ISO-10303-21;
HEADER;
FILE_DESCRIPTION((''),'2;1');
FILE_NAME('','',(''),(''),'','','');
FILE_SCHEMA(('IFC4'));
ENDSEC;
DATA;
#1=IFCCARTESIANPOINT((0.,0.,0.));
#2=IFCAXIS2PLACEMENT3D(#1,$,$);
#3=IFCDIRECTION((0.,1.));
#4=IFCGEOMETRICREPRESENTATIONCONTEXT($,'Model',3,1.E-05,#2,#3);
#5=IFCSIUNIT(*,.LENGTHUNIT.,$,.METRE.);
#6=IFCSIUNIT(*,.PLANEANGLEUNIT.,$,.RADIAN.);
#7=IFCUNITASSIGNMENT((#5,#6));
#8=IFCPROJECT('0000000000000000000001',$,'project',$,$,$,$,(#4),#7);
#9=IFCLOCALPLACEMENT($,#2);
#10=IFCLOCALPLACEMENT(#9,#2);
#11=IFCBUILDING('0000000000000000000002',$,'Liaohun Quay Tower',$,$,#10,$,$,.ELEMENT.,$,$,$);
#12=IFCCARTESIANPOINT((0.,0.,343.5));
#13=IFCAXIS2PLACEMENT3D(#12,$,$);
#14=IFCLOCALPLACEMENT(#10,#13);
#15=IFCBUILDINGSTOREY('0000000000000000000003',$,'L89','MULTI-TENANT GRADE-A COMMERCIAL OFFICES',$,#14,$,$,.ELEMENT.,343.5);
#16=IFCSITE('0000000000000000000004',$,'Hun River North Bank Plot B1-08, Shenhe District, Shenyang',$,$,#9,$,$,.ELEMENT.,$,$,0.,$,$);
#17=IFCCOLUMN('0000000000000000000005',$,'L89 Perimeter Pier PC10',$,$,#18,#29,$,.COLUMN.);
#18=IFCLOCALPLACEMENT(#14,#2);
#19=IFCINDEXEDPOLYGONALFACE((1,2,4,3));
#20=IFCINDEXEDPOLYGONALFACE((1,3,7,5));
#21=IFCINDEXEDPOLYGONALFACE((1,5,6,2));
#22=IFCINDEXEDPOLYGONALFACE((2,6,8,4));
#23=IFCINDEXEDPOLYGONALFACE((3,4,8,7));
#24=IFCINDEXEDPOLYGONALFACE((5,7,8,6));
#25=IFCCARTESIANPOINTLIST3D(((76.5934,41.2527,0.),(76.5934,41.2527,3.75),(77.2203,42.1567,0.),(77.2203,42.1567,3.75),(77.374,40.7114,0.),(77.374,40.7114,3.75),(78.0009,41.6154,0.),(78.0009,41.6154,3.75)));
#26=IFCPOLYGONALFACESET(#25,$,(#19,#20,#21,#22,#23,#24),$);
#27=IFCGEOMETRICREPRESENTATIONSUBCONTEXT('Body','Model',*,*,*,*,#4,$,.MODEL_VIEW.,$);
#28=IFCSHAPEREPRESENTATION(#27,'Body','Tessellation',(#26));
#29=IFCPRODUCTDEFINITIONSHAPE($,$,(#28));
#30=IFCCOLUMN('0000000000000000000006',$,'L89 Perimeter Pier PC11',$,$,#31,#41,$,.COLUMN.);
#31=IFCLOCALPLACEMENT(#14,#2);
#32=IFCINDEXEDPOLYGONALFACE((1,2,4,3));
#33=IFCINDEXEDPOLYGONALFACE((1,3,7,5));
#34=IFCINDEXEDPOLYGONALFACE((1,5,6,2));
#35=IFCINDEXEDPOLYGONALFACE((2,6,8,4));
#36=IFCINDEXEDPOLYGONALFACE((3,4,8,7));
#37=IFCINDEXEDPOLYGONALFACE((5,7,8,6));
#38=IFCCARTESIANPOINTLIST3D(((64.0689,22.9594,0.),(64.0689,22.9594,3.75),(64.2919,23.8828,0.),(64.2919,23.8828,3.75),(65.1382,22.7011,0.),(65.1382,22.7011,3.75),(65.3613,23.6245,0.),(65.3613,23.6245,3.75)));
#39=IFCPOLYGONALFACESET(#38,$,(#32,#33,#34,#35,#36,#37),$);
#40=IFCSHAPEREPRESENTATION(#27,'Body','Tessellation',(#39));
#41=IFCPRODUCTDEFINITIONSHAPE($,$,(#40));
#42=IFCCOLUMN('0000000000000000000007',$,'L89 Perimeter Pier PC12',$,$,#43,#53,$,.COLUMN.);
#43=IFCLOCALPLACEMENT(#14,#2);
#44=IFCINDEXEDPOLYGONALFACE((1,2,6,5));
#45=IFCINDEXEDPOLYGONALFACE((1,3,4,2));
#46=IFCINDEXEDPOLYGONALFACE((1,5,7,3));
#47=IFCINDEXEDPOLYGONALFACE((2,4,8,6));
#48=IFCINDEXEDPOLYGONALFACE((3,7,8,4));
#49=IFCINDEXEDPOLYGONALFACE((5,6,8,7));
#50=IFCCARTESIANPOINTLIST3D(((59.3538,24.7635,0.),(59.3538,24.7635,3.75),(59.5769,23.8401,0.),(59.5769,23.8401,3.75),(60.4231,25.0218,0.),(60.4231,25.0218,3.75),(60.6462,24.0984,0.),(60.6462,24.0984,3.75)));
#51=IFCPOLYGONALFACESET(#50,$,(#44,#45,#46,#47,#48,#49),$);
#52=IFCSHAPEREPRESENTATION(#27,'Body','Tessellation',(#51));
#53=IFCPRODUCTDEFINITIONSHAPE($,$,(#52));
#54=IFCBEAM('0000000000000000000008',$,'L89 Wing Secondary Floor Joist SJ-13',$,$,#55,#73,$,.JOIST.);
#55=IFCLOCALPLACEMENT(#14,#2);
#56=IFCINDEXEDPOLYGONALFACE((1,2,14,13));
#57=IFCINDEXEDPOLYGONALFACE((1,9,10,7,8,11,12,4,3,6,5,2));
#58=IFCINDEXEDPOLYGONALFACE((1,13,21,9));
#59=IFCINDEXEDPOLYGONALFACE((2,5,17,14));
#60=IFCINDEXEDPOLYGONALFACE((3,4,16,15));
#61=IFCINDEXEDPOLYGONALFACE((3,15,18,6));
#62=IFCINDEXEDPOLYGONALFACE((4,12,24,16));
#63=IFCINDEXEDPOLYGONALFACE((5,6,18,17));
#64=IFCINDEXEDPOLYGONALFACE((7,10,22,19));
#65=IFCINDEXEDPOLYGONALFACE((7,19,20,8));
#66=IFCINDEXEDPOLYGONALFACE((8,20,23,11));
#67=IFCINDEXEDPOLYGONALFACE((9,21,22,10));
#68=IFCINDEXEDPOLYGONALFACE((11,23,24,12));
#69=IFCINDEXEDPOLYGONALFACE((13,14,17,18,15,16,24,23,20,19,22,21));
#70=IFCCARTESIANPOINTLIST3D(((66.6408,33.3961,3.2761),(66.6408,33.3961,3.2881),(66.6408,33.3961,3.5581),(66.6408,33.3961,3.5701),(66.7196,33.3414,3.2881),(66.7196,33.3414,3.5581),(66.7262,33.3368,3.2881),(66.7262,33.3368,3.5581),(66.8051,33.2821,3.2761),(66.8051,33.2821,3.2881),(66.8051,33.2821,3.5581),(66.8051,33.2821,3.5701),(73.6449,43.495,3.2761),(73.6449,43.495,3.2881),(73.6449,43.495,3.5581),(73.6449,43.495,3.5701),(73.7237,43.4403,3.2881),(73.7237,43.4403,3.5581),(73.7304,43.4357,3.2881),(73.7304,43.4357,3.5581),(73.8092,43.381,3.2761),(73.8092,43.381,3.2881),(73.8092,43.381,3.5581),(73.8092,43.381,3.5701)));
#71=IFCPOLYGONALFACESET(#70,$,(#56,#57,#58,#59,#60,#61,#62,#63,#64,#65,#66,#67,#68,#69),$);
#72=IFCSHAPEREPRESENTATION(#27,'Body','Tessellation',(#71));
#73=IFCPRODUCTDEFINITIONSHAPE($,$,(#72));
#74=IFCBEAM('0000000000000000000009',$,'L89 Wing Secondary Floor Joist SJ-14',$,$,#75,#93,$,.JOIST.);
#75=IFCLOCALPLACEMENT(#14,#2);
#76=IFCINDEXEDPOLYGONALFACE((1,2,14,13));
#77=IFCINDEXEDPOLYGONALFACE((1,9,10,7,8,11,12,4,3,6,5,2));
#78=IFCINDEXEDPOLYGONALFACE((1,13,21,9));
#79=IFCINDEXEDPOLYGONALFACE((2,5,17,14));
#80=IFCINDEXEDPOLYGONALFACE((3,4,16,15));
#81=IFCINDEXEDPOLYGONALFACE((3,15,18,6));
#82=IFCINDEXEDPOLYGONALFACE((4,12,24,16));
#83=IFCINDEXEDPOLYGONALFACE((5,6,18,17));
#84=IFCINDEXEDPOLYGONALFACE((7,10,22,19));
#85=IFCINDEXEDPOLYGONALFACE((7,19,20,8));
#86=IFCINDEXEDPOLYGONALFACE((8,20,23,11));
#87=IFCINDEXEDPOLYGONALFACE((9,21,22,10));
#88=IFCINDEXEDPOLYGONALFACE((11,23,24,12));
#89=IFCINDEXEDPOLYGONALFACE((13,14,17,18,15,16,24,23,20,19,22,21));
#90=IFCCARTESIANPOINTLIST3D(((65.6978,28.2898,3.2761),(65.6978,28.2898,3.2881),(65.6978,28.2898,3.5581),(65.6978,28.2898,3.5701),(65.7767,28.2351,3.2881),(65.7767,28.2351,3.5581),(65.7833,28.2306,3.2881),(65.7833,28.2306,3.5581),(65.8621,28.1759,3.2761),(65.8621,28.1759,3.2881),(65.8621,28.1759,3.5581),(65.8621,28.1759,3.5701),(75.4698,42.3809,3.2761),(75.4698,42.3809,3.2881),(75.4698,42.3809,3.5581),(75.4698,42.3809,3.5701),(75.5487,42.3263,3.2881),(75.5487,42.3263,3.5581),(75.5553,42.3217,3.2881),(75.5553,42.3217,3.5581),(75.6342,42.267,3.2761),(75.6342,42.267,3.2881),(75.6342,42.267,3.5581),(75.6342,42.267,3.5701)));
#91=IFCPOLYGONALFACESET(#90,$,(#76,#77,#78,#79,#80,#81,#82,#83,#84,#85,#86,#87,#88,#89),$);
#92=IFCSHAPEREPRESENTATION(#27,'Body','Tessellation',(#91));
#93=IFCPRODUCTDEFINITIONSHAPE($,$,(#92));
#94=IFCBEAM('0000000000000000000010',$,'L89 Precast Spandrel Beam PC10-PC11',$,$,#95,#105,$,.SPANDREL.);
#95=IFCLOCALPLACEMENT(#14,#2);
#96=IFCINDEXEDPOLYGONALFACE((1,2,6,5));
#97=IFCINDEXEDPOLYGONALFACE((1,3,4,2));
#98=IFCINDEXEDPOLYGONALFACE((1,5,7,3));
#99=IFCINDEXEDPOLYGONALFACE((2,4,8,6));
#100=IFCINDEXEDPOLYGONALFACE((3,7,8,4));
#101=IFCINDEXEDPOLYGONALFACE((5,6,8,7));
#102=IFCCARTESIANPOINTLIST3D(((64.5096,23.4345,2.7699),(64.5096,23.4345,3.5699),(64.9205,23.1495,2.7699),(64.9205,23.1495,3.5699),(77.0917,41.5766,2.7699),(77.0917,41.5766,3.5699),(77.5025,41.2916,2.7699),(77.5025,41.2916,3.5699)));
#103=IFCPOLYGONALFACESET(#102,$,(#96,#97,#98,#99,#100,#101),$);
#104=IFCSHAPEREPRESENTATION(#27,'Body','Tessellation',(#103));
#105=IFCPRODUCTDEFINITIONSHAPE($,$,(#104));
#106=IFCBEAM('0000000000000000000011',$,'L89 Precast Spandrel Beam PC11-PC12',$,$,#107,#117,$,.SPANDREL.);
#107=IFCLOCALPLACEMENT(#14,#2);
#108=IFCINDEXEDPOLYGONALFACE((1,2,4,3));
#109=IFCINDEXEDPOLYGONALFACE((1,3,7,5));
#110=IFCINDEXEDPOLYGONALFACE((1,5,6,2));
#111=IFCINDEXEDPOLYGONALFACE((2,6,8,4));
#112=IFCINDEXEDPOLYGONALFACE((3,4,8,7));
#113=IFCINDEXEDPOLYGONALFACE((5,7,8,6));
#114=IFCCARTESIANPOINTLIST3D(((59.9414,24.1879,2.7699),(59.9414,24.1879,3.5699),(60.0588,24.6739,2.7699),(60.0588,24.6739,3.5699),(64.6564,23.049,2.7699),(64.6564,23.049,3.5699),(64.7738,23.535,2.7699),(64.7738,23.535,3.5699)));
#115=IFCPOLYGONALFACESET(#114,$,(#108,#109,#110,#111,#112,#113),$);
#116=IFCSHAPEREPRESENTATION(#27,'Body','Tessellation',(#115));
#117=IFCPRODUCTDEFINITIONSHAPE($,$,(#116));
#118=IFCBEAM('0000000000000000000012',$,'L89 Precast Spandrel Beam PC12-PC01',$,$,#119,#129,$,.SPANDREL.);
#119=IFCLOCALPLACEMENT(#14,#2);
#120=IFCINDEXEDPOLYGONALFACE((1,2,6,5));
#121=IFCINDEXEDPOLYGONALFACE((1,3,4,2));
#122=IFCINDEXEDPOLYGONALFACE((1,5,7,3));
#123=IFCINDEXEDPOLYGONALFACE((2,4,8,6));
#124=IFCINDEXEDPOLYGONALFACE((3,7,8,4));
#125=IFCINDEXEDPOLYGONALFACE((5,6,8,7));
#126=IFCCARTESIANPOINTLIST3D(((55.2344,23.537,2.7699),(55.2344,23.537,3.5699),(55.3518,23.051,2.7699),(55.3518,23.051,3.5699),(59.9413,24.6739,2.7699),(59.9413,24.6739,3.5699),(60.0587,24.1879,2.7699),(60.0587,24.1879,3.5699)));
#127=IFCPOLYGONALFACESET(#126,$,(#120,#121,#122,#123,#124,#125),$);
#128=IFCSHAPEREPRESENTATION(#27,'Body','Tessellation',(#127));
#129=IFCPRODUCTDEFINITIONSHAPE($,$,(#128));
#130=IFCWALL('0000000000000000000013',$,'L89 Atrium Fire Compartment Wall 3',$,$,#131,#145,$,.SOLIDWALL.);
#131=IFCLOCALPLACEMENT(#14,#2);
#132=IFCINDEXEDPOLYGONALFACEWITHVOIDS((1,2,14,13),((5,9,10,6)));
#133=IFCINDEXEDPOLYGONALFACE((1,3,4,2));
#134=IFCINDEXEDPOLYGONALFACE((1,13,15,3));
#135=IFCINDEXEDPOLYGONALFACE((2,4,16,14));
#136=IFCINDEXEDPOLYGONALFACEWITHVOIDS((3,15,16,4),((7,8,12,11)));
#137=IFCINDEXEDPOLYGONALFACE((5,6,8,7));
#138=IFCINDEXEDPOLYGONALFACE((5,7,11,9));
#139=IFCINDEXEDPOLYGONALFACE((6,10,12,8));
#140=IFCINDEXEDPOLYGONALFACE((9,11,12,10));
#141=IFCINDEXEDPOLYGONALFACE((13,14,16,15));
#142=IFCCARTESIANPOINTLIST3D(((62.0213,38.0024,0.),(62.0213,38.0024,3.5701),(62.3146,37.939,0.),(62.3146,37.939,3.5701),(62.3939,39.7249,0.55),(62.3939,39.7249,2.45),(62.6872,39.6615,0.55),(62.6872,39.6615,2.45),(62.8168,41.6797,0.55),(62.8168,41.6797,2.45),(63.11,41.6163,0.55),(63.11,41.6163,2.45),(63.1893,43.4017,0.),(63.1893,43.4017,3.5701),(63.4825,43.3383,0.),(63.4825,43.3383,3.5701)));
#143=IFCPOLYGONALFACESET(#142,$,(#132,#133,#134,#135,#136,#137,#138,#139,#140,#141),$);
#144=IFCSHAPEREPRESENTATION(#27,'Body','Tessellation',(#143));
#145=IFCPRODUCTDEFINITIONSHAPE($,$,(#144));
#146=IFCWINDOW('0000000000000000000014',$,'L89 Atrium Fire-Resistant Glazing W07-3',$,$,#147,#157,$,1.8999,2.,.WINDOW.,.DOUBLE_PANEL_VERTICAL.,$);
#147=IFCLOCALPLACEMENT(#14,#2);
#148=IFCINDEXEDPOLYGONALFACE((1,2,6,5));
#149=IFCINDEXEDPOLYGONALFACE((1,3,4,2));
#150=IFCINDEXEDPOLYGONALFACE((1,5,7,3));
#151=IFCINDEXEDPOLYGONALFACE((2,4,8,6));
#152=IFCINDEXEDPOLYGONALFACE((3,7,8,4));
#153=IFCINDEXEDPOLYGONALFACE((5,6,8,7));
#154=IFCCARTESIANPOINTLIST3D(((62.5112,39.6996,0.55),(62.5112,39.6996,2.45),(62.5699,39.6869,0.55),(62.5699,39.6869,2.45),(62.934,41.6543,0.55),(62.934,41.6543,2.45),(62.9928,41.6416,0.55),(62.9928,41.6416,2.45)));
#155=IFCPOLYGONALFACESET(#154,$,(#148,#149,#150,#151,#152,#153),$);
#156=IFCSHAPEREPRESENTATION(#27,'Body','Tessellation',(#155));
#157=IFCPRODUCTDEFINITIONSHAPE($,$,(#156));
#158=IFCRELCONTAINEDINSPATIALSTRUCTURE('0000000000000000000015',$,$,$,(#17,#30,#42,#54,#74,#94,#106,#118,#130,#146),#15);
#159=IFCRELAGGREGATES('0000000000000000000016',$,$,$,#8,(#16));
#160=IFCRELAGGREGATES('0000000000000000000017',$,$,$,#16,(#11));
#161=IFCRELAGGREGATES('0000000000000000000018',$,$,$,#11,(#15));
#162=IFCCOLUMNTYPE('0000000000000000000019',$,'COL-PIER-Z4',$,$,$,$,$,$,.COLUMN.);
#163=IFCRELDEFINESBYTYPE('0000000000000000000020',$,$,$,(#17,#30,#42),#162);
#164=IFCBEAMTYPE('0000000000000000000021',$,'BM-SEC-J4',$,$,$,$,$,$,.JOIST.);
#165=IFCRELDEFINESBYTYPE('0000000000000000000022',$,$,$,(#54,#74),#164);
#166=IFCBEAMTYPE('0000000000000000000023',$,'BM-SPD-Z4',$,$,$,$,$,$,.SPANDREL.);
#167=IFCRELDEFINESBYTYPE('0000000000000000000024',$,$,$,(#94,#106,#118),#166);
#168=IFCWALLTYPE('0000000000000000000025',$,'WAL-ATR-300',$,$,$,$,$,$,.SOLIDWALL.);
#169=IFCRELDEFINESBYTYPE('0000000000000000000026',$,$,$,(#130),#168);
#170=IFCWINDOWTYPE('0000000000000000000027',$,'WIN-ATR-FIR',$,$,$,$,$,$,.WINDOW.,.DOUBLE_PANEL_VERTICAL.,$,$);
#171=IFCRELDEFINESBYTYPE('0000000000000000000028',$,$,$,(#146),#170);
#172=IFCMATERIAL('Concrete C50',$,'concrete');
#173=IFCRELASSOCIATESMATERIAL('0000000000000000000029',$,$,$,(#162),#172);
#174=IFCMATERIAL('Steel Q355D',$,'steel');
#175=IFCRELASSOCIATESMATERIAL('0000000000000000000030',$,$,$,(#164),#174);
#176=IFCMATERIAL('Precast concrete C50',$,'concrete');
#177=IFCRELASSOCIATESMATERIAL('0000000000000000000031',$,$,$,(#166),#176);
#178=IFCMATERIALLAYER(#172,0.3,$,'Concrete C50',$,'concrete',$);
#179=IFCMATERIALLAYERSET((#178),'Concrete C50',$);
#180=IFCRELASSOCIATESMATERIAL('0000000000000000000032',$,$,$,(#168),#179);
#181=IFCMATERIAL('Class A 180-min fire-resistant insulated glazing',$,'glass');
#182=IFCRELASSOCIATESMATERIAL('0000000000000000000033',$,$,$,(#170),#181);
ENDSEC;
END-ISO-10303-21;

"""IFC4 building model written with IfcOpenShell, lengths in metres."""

from ifc_helpers import new_model, si_unit, direction, frame, frame_2d, origin, origin_2d, place, context, subcontext, project, spatial, rectangle, i_section, extrude, source, transform, mapped, material, layer, layer_set, material_profile, profile_set, type_object, element, fill, save


model = new_model("IFC4")

# Units and contexts
model_context = context("Model", 3, precision=1e-05, world=origin(), true_north=direction((0.0, 1.0)))
body_context = subcontext(model_context, "Body", "Model", "MODEL_VIEW")
ifc_project = project(units=[si_unit("LENGTHUNIT", "METRE"), si_unit("PLANEANGLEUNIT", "RADIAN")], contexts=[model_context])

# Site, building, storey
site_placement = place(None, origin())
site = spatial("IfcSite", under=ifc_project, at=site_placement, Name="Hun River North Bank Plot B1-08, Shenhe District, Shenyang", CompositionType="ELEMENT", RefElevation=0.0)
building_placement = place(site_placement, origin())
building = spatial("IfcBuilding", under=site, at=building_placement, Name="Liaohun Quay Tower", CompositionType="ELEMENT")
storey_placement = place(building_placement, frame((0.0, 0.0, 343.5)))
storey = spatial("IfcBuildingStorey", under=building, at=storey_placement, Name="L89", Description="MULTI-TENANT GRADE-A COMMERCIAL OFFICES", CompositionType="ELEMENT", Elevation=343.5)

# Columns
ifc_material_1 = material(Name="Concrete C50", Category="concrete")
ifc_material_profile_1 = material_profile(ifc_material_1, rectangle(XDim=1.1001, YDim=0.95, at=origin_2d()), Name="RC1100x950")
ifc_profile_set_1 = profile_set([ifc_material_profile_1], Name="Concrete C50")
column_type = type_object("IfcColumnType", Name="COL-PIER-Z4", PredefinedType="COLUMN", material=ifc_profile_set_1)
shared_shape_1 = source(origin(), body_context, "Body", "SweptSolid", [
    extrude(rectangle(XDim=1.1001, YDim=0.95, at=origin_2d()), origin(), (0.0, 0.0, 1.0), 3.75),
])
for number, where, z_axis, x_axis, name in (
    (1, (77.2971, 41.4341, 0.0), (0.0, 0.0, 1.0), (0.569853, 0.821746, 0.0), "L89 Perimeter Pier PC10"),
    (2, (64.7151, 23.292, 0.0), (0.0, 0.0, 1.0), (-0.972043, 0.234803, 0.0), "L89 Perimeter Pier PC11"),
    (3, (60.0, 24.4309, 0.0), (0.0, 0.0, 1.0), (0.972043, 0.234803, 0.0), "L89 Perimeter Pier PC12"),
):
    element("IfcColumn", number, at=place(storey_placement, frame(where, z_axis=z_axis, x_axis=x_axis)), inside=storey, type_object=column_type, Name=name, PredefinedType="COLUMN", context=body_context, shape_type="MappedRepresentation", body=[
        mapped(shared_shape_1, transform((0.0, 0.0, 0.0), x_axis=(1.0, 0.0, 0.0), y_axis=(0.0, 1.0, 0.0), z_axis=(0.0, 0.0, 1.0), scale=1.0)),
    ])

# Beams
ifc_material_2 = material(Name="Steel Q355D", Category="steel")
ifc_material_profile_2 = material_profile(ifc_material_2, i_section(OverallWidth=0.2, OverallDepth=0.2939, WebThickness=0.0081, FlangeThickness=0.012, at=origin_2d()), Name="HM294x200x8x12")
ifc_profile_set_2 = profile_set([ifc_material_profile_2], Name="Steel Q355D")
beam_type_1 = type_object("IfcBeamType", Name="BM-SEC-J4", PredefinedType="JOIST", material=ifc_profile_set_2)
shared_shape_2 = source(origin(), body_context, "Body", "SweptSolid", [
    extrude(i_section(OverallWidth=0.2, OverallDepth=0.2939, WebThickness=0.0081, FlangeThickness=0.012, at=origin_2d()), origin(), (0.0, 0.0, 1.0), 12.29),
])
beam_1_placement = place(storey_placement, frame((73.7271, 43.438, 3.4231), z_axis=(-0.569904, -0.821711, 0.0), x_axis=(0.821711, -0.569904, 0.0)))
element("IfcBeam", 4, at=beam_1_placement, inside=storey, type_object=beam_type_1, Name="L89 Wing Secondary Floor Joist SJ-13", PredefinedType="JOIST", context=body_context, shape_type="MappedRepresentation", body=[
    mapped(shared_shape_2, transform((0.0, 0.0, 0.0), x_axis=(1.0, 0.0, 0.0), y_axis=(0.0, 1.0, 0.0), z_axis=(0.0, 0.0, 1.0), scale=1.0)),
])
shared_shape_3 = source(origin(), body_context, "Body", "SweptSolid", [
    extrude(i_section(OverallWidth=0.2, OverallDepth=0.2939, WebThickness=0.0081, FlangeThickness=0.012, at=origin_2d()), origin(), (0.0, 0.0, 1.0), 17.1479),
])
beam_2_placement = place(storey_placement, frame((75.552, 42.324, 3.4231), z_axis=(-0.569865, -0.821738, 0.0), x_axis=(0.821738, -0.569865, 0.0)))
element("IfcBeam", 5, at=beam_2_placement, inside=storey, type_object=beam_type_1, Name="L89 Wing Secondary Floor Joist SJ-14", PredefinedType="JOIST", context=body_context, shape_type="MappedRepresentation", body=[
    mapped(shared_shape_3, transform((0.0, 0.0, 0.0), x_axis=(1.0, 0.0, 0.0), y_axis=(0.0, 1.0, 0.0), z_axis=(0.0, 0.0, 1.0), scale=1.0)),
])
ifc_material_3 = material(Name="Precast concrete C50", Category="concrete")
ifc_material_profile_3 = material_profile(ifc_material_3, rectangle(XDim=0.5, YDim=0.8, at=origin_2d()), Name="RC500x800")
ifc_profile_set_3 = profile_set([ifc_material_profile_3], Name="Precast concrete C50")
beam_type_2 = type_object("IfcBeamType", Name="BM-SPD-Z4", PredefinedType="SPANDREL", material=ifc_profile_set_3)
shared_shape_4 = source(origin(), body_context, "Body", "SweptSolid", [
    extrude(rectangle(XDim=0.5, YDim=0.8, at=origin_2d()), origin(), (0.0, 0.0, 1.0), 22.0781),
])
beam_3_placement = place(storey_placement, frame((77.2971, 41.4341, 3.1699), z_axis=(-0.569887, -0.821723, 0.0), x_axis=(0.821723, -0.569887, 0.0)))
element("IfcBeam", 6, at=beam_3_placement, inside=storey, type_object=beam_type_2, Name="L89 Precast Spandrel Beam PC10-PC11", PredefinedType="SPANDREL", context=body_context, shape_type="MappedRepresentation", body=[
    mapped(shared_shape_4, transform((0.0, 0.0, 0.0), x_axis=(1.0, 0.0, 0.0), y_axis=(0.0, 1.0, 0.0), z_axis=(0.0, 0.0, 1.0), scale=1.0)),
])
shared_shape_5 = source(origin(), body_context, "Body", "SweptSolid", [
    extrude(rectangle(XDim=0.5, YDim=0.8, at=origin_2d()), origin(), (0.0, 0.0, 1.0), 4.8506),
])
beam_4_placement = place(storey_placement, frame((64.7151, 23.292, 3.1699), z_axis=(-0.972045, 0.234795, 0.0), x_axis=(-0.234795, -0.972045, 0.0)))
element("IfcBeam", 7, at=beam_4_placement, inside=storey, type_object=beam_type_2, Name="L89 Precast Spandrel Beam PC11-PC12", PredefinedType="SPANDREL", context=body_context, shape_type="MappedRepresentation", body=[
    mapped(shared_shape_5, transform((0.0, 0.0, 0.0), x_axis=(1.0, 0.0, 0.0), y_axis=(0.0, 1.0, 0.0), z_axis=(0.0, 0.0, 1.0), scale=1.0)),
])
shared_shape_6 = source(origin(), body_context, "Body", "SweptSolid", [
    extrude(rectangle(XDim=0.5, YDim=0.8, at=origin_2d()), origin(), (0.0, 0.0, 1.0), 4.8423),
])
beam_5_placement = place(storey_placement, frame((60.0, 24.4309, 3.1699), z_axis=(-0.972045, -0.234793, 0.0), x_axis=(0.234793, -0.972045, 0.0)))
element("IfcBeam", 8, at=beam_5_placement, inside=storey, type_object=beam_type_2, Name="L89 Precast Spandrel Beam PC12-PC01", PredefinedType="SPANDREL", context=body_context, shape_type="MappedRepresentation", body=[
    mapped(shared_shape_6, transform((0.0, 0.0, 0.0), x_axis=(1.0, 0.0, 0.0), y_axis=(0.0, 1.0, 0.0), z_axis=(0.0, 0.0, 1.0), scale=1.0)),
])

# Wall, opening, window
ifc_layer_1 = layer(ifc_material_1, 0.3, Name="Concrete C50", Category="concrete")
ifc_layer_set_1 = layer_set([ifc_layer_1], Name="Concrete C50")
wall_type_1 = type_object("IfcWallType", Name="WAL-ATR-300", PredefinedType="SOLIDWALL", material=ifc_layer_set_1)
wall_1_placement = place(storey_placement, frame((63.3359, 43.3701, 0.0), z_axis=(0.0, 0.0, 1.0), x_axis=(-0.211433, -0.977392, 0.0)))
wall_1 = element("IfcWall", 9, at=wall_1_placement, inside=storey, type_object=wall_type_1, Name="L89 Atrium Fire Compartment Wall 3", PredefinedType="SOLIDWALL", context=body_context, shape_type="SweptSolid", body=[
    extrude(rectangle(XDim=5.5242, YDim=0.3, at=frame_2d((2.7622, 0.0))), origin(), (0.0, 0.0, 1.0), 3.5701),
])
shared_shape_7 = source(origin(), body_context, "Body", "SweptSolid", [
    extrude(rectangle(XDim=2.0, YDim=1.8999, at=frame_2d((1.0, 0.95))), frame((0.0, 0.1599, 0.0), z_axis=(0.0, -1.0, 0.0), x_axis=(1.0, 0.0, 0.0)), (0.0, 0.0, 1.0), 0.3201),
])
opening_1_placement = place(wall_1_placement, frame((1.762, 0.0, 0.55)))
opening_1 = element("IfcOpeningElement", 10, at=opening_1_placement, cuts=wall_1, PredefinedType="OPENING", context=body_context, shape_type="MappedRepresentation", body=[
    mapped(shared_shape_7, transform((0.0, 0.0, 0.0), x_axis=(1.0, 0.0, 0.0), y_axis=(0.0, 1.0, 0.0), z_axis=(0.0, 0.0, 1.0), scale=1.0)),
])
ifc_material_4 = material(Name="Class A 180-min fire-resistant insulated glazing", Category="glass")
window_type_1 = type_object("IfcWindowType", Name="WIN-ATR-FIR", PartitioningType="DOUBLE_PANEL_VERTICAL", PredefinedType="WINDOW", material=ifc_material_4)
shared_shape_8 = source(origin(), body_context, "Body", "SweptSolid", [
    extrude(rectangle(XDim=2.0, YDim=1.8999, at=frame_2d((1.0, 0.95))), frame((0.0, 0.03, 0.0), z_axis=(0.0, -1.0, 0.0), x_axis=(1.0, 0.0, 0.0)), (0.0, 0.0, 1.0), 0.0601),
])
window_1_placement = place(opening_1_placement, origin())
window_1 = element("IfcWindow", 11, at=window_1_placement, inside=storey, type_object=window_type_1, Name="L89 Atrium Fire-Resistant Glazing W07-3", OverallHeight=1.8999, OverallWidth=2.0, PartitioningType="DOUBLE_PANEL_VERTICAL", PredefinedType="WINDOW", context=body_context, shape_type="MappedRepresentation", body=[
    mapped(shared_shape_8, transform((0.0, 0.0, 0.0), x_axis=(1.0, 0.0, 0.0), y_axis=(0.0, 1.0, 0.0), z_axis=(0.0, 0.0, 1.0), scale=1.0)),
])
fill(opening_1, window_1)

save(model, "model.ifc")
